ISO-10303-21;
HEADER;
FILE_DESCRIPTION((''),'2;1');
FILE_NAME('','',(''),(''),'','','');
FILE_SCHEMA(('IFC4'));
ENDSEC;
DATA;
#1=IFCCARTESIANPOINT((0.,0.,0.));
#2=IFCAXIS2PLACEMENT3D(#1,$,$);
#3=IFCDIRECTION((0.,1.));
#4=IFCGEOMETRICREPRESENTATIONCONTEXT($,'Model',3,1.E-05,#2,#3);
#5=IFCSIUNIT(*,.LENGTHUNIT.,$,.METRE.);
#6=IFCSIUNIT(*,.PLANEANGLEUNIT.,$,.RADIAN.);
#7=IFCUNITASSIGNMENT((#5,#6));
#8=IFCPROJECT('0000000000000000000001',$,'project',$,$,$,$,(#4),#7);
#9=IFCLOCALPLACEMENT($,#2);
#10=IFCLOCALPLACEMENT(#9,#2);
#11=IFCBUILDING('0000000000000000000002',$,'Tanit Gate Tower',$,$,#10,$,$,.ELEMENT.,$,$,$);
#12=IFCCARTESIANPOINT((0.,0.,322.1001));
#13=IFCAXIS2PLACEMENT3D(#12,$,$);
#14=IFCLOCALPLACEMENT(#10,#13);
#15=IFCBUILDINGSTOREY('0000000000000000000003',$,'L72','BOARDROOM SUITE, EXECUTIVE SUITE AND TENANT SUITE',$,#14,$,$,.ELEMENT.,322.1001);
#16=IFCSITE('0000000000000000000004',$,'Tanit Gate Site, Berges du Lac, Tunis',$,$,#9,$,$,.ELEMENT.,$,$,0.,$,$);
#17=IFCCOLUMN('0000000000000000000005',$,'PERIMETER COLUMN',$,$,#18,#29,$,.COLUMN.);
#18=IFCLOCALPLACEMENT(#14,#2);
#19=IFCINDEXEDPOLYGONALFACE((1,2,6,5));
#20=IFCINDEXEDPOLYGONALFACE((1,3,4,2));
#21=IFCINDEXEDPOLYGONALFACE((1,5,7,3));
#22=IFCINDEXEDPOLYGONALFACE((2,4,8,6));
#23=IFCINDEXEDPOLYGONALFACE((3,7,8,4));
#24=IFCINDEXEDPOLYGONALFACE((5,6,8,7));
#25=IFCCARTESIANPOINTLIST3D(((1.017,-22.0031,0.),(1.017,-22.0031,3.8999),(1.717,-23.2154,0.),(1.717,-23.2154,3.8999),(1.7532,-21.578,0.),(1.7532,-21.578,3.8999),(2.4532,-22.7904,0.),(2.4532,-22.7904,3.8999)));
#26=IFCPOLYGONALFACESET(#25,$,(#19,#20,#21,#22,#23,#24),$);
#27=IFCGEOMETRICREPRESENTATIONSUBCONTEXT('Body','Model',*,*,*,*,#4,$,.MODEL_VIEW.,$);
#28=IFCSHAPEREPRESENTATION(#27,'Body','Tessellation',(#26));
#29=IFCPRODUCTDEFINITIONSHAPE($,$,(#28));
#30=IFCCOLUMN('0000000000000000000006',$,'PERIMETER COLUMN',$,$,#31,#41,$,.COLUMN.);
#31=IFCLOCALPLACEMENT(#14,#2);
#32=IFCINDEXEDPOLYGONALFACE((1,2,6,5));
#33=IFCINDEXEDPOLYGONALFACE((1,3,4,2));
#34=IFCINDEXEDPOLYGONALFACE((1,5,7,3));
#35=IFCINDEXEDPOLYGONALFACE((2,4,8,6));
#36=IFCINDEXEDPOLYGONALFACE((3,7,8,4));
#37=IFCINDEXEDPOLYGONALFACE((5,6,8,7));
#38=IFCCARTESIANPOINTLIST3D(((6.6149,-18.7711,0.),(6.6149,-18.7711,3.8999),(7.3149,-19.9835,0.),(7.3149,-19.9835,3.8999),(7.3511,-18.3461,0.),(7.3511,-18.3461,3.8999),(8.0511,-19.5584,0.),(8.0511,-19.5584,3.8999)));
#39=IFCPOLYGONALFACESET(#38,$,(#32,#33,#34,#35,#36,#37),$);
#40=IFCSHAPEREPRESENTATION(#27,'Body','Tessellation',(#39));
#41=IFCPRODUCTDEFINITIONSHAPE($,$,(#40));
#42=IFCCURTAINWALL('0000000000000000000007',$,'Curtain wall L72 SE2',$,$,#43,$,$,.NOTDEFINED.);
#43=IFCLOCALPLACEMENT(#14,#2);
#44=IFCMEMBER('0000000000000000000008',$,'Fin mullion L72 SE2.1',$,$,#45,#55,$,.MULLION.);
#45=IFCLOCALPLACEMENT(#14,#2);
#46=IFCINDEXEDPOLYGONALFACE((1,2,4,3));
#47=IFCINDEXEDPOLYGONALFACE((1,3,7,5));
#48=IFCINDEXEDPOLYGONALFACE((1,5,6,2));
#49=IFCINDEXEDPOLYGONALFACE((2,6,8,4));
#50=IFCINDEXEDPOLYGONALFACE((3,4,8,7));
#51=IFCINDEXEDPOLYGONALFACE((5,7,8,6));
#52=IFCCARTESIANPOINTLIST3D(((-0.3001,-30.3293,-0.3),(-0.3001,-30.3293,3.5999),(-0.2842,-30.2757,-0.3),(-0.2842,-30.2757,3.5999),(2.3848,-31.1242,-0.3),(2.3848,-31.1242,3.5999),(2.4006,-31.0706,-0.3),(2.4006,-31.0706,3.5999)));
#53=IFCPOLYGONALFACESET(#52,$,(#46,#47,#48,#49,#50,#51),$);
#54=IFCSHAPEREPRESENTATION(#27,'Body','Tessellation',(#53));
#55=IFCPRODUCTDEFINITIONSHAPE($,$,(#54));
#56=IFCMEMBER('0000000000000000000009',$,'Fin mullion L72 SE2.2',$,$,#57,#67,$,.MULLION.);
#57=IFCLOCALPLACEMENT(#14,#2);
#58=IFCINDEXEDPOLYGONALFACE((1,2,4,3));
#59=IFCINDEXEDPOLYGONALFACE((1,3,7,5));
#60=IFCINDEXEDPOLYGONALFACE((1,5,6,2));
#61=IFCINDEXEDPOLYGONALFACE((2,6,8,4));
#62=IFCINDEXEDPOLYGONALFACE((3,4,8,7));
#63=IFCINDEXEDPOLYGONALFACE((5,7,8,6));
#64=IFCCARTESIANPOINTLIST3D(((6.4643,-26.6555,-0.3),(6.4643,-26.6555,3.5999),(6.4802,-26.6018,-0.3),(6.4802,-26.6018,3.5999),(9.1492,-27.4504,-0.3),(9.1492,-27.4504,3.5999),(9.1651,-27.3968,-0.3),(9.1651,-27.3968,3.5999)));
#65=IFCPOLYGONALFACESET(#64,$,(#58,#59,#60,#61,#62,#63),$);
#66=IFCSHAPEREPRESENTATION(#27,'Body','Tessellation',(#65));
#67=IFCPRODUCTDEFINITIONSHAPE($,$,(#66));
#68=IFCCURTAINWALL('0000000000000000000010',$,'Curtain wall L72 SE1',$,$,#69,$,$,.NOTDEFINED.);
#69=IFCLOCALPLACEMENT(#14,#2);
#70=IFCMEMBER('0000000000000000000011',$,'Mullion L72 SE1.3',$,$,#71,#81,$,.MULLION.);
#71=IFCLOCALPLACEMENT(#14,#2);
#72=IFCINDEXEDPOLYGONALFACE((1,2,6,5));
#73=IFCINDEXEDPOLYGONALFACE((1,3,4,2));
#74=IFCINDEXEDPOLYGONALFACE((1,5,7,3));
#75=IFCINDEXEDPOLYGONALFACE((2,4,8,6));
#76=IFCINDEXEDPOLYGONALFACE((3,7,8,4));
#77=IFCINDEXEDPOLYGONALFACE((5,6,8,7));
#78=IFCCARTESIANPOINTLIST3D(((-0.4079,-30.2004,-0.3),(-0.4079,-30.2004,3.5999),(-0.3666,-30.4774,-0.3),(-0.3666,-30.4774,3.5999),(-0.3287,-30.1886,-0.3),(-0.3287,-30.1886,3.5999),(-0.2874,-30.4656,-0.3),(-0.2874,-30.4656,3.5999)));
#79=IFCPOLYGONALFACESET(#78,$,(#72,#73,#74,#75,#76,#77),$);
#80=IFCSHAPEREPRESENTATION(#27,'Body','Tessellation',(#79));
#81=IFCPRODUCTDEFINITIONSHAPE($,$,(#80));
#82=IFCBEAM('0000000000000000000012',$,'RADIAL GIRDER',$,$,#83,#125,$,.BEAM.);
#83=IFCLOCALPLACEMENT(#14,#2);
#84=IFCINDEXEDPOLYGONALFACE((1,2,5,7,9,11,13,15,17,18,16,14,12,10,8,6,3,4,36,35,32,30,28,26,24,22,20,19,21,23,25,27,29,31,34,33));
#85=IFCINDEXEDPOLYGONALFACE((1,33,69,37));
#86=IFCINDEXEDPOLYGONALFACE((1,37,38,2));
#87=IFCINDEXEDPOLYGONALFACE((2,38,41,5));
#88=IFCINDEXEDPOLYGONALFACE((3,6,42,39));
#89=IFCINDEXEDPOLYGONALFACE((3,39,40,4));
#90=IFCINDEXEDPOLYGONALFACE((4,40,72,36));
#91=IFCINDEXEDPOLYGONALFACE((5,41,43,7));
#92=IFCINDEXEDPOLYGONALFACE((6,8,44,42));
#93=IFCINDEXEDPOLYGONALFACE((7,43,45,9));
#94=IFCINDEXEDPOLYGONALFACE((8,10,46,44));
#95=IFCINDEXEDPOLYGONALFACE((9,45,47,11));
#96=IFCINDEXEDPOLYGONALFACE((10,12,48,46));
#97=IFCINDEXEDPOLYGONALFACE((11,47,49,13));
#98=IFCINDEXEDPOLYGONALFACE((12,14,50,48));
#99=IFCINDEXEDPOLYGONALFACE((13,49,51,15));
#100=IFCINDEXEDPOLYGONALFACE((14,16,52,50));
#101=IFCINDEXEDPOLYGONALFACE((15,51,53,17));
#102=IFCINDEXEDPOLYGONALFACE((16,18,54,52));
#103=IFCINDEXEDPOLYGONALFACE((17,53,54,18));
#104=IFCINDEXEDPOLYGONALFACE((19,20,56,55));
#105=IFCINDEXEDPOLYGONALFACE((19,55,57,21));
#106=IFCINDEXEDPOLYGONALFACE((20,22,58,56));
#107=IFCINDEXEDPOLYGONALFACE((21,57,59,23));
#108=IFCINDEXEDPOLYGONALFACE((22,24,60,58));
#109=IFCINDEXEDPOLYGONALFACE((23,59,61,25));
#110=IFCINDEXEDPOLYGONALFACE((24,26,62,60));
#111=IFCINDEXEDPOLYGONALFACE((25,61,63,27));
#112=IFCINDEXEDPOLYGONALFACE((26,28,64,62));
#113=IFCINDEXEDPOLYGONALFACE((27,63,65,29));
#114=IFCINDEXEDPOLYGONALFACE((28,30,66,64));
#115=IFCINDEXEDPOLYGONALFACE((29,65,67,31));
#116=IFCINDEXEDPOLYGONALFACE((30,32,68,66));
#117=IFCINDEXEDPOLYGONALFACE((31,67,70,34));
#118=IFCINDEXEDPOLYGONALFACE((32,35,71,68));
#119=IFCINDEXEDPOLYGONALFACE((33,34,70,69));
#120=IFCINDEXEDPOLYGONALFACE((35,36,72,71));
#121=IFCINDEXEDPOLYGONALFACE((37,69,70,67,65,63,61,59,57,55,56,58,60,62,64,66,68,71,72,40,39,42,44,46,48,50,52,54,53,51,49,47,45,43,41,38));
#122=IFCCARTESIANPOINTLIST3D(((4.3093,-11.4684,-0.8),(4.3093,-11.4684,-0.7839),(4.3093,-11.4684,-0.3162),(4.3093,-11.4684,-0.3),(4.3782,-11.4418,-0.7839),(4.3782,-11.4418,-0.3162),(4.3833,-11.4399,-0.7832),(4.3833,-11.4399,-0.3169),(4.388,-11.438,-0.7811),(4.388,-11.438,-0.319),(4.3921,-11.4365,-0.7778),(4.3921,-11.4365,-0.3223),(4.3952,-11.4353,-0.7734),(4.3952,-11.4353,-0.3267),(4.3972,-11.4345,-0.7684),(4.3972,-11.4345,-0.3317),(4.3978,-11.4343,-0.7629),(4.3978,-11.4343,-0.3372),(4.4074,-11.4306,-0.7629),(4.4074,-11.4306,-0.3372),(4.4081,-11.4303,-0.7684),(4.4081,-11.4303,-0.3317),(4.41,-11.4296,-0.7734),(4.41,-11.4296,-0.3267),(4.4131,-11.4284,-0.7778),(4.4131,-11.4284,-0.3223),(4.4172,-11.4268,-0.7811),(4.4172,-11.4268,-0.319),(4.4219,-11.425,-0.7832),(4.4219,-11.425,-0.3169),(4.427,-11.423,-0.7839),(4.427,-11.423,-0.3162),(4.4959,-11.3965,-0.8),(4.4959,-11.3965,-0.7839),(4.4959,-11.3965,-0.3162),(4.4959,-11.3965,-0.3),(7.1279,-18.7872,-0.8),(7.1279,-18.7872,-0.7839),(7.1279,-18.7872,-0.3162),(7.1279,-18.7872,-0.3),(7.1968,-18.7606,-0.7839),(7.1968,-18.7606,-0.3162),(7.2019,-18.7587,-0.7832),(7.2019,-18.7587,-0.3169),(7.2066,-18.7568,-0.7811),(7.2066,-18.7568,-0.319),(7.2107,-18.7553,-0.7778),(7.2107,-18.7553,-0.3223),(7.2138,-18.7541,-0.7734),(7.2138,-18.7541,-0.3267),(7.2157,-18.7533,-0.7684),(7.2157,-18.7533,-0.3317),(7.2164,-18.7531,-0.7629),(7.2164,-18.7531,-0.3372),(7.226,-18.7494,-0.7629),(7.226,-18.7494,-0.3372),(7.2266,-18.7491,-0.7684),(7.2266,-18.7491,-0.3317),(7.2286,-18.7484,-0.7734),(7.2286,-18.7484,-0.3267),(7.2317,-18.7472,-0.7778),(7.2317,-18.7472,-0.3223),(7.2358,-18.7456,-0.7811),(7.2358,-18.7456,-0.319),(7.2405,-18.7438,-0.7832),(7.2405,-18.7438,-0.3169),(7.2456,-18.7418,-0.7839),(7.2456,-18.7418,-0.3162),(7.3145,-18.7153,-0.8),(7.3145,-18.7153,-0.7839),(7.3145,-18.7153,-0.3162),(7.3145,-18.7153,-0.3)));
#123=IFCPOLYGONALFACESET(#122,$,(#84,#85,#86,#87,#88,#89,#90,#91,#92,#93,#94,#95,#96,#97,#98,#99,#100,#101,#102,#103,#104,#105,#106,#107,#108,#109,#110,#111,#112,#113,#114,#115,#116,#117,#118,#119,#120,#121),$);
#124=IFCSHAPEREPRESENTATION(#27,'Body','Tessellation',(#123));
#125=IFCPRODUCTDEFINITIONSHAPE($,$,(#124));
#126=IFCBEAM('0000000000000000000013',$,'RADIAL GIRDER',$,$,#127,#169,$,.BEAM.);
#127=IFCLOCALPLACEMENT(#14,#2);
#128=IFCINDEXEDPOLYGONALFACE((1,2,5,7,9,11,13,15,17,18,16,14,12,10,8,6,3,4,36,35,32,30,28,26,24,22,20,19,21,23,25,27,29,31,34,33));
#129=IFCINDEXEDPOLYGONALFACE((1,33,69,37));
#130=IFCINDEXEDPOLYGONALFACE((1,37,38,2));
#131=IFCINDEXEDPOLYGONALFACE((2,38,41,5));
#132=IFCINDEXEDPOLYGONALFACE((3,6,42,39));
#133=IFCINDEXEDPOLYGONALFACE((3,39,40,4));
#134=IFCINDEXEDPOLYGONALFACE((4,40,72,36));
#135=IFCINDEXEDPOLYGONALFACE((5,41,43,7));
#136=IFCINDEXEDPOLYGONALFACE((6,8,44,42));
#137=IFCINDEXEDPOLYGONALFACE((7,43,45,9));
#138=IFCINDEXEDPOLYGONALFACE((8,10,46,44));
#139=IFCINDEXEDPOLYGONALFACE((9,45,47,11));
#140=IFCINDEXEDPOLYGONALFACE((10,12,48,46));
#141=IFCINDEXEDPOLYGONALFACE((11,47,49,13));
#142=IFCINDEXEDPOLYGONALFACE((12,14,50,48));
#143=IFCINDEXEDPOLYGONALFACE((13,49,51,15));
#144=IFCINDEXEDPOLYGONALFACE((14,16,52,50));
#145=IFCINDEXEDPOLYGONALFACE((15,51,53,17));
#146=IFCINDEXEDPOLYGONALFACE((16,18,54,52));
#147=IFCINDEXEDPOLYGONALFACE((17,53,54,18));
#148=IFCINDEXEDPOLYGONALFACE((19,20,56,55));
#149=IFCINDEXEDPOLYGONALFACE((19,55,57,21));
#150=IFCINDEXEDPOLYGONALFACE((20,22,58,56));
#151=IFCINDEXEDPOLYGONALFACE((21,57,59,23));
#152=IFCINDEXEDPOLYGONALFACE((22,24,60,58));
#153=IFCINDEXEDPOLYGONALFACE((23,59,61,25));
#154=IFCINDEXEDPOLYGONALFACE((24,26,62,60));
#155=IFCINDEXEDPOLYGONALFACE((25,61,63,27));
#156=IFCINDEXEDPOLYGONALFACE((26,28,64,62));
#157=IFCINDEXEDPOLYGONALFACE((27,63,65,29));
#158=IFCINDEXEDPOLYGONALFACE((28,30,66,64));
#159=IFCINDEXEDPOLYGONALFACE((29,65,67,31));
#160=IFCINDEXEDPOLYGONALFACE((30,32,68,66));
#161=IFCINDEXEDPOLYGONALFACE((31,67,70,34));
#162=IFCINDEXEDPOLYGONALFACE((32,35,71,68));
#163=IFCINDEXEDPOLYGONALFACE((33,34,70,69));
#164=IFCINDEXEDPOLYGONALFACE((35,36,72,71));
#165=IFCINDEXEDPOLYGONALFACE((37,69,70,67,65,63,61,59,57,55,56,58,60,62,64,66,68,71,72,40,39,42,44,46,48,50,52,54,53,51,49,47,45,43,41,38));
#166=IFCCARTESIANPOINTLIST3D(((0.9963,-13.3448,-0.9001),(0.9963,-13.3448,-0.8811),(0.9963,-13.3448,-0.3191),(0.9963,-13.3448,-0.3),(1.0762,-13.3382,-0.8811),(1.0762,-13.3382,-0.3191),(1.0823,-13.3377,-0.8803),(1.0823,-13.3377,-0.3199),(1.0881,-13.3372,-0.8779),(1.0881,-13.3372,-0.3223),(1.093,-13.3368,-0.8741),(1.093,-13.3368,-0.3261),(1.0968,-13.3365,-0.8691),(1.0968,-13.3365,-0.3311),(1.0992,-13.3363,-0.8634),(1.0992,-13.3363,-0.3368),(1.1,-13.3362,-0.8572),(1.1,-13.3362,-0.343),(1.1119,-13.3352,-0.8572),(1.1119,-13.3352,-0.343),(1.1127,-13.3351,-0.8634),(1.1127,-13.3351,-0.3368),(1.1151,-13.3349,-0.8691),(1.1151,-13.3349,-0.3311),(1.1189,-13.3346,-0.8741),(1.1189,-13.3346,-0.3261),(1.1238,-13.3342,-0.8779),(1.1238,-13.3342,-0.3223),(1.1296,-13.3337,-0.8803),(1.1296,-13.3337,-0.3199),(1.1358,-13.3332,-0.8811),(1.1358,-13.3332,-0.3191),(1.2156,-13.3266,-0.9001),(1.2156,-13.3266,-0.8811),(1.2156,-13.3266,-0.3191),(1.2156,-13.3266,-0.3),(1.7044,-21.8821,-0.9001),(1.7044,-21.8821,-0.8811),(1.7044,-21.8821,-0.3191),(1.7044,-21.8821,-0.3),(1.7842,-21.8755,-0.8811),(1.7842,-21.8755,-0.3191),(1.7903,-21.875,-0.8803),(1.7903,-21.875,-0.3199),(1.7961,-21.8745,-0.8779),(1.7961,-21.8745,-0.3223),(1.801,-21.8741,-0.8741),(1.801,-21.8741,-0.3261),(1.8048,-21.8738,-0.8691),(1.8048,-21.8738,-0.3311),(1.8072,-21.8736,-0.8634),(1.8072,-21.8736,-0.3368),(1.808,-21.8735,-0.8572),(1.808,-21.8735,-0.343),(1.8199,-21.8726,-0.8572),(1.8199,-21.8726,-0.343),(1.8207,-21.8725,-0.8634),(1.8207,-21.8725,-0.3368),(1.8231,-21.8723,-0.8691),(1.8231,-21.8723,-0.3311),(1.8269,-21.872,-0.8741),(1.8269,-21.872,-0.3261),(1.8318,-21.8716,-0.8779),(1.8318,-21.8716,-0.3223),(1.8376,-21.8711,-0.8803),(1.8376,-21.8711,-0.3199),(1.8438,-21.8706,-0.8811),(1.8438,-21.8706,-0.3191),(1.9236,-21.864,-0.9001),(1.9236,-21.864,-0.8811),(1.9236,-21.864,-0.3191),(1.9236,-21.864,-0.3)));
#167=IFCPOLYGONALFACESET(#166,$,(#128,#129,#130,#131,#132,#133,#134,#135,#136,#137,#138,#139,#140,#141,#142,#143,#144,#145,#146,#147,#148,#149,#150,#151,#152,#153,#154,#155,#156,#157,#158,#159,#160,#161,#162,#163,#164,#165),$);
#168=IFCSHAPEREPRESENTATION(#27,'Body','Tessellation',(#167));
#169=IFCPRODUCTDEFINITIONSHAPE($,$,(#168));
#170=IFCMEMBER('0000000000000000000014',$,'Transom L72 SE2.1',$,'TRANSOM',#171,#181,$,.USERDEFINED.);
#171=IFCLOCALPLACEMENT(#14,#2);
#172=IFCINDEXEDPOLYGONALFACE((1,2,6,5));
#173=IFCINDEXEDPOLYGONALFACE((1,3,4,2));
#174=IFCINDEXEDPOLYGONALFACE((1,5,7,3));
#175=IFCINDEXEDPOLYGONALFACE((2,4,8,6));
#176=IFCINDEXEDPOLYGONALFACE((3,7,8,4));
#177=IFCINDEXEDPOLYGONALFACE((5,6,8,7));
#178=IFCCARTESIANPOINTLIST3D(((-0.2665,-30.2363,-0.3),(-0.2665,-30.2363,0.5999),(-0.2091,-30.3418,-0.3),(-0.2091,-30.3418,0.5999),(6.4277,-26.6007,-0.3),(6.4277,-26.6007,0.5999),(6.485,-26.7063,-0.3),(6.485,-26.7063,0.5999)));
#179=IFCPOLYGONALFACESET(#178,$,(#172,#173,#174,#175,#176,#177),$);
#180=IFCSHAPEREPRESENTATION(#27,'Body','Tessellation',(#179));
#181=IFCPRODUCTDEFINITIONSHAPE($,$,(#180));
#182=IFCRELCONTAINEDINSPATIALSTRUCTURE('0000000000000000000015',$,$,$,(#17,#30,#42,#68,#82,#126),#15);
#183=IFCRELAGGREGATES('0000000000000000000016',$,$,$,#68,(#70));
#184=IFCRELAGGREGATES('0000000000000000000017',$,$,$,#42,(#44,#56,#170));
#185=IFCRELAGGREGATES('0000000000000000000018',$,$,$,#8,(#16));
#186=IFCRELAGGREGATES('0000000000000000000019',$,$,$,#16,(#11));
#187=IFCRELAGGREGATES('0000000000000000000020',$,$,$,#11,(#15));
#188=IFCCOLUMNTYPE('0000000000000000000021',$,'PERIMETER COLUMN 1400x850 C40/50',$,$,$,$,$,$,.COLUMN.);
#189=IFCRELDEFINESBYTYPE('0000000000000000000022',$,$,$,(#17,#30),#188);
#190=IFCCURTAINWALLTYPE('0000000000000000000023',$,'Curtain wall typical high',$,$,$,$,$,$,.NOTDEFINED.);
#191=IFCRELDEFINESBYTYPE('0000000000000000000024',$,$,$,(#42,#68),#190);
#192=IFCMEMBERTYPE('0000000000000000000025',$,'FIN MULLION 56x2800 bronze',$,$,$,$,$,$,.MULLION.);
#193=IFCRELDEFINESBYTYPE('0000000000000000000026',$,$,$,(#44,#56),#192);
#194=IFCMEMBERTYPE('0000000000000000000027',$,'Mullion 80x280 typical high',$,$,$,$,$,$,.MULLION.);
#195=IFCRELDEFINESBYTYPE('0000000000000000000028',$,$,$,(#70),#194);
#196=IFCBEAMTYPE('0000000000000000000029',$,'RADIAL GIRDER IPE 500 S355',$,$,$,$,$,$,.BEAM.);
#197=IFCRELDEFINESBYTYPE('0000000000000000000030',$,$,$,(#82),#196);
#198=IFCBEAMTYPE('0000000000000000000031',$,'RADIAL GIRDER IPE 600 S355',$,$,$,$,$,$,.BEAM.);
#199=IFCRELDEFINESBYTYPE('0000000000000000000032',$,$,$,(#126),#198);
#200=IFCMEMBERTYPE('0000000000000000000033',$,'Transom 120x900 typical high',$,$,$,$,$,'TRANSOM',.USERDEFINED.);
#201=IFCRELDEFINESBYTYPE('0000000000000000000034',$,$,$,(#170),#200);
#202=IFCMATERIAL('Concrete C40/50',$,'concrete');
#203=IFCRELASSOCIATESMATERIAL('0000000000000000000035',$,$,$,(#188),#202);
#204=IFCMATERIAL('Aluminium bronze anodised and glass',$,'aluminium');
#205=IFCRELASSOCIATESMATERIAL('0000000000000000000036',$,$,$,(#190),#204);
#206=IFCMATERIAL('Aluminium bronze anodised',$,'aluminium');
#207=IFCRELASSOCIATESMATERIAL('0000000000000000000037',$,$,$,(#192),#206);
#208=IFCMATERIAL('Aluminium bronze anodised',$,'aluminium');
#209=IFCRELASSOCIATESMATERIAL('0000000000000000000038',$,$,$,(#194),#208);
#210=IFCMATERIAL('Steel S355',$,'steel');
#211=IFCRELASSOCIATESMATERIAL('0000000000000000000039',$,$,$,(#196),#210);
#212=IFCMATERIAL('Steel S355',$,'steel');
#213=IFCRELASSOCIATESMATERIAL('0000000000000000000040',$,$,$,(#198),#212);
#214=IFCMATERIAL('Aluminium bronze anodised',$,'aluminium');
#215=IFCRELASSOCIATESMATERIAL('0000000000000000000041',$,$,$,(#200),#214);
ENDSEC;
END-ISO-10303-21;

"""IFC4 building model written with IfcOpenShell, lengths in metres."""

from ifc_helpers import new_model, si_unit, direction, frame, origin, origin_2d, place, context, subcontext, project, spatial, rectangle, i_section, extrude, material, material_profile, profile_set, type_object, element, aggregate, save


model = new_model("IFC4")

# Units and contexts
model_context = context("Model", 3, precision=1e-05, world=origin(), true_north=direction((0.0, 1.0)))
body_context = subcontext(model_context, "Body", "Model", "MODEL_VIEW")
ifc_project = project(units=[si_unit("LENGTHUNIT", "METRE"), si_unit("PLANEANGLEUNIT", "RADIAN")], contexts=[model_context])

# Site, building, storey
site_placement = place(None, origin())
site = spatial("IfcSite", under=ifc_project, at=site_placement, Name="Tanit Gate Site, Berges du Lac, Tunis", CompositionType="ELEMENT", RefElevation=0.0)
building_placement = place(site_placement, origin())
building = spatial("IfcBuilding", under=site, at=building_placement, Name="Tanit Gate Tower", CompositionType="ELEMENT")
storey_placement = place(building_placement, frame((0.0, 0.0, 322.1001)))
storey = spatial("IfcBuildingStorey", under=building, at=storey_placement, Name="L72", Description="BOARDROOM SUITE, EXECUTIVE SUITE AND TENANT SUITE", CompositionType="ELEMENT", Elevation=322.1001)

# Columns
ifc_material_1 = material(Name="Concrete C40/50", Category="concrete")
ifc_material_profile_1 = material_profile(ifc_material_1, rectangle(XDim=1.3999, YDim=0.8501, at=origin_2d()), Name="RC 1400x850")
ifc_profile_set_1 = profile_set([ifc_material_profile_1], Name="Concrete C40/50")
column_type = type_object("IfcColumnType", Name="PERIMETER COLUMN 1400x850 C40/50", PredefinedType="COLUMN", material=ifc_profile_set_1)
for number, where, z_axis, x_axis, name in (
    (1, (1.7351, -22.3967, 0.0), (0.0, 0.0, 1.0), (0.5, -0.866025, 0.0), "PERIMETER COLUMN"),
    (2, (7.333, -19.1648, 0.0), (0.0, 0.0, 1.0), (0.5, -0.866025, 0.0), "PERIMETER COLUMN"),
):
    element("IfcColumn", number, at=place(storey_placement, frame(where, z_axis=z_axis, x_axis=x_axis)), inside=storey, type_object=column_type, Name=name, PredefinedType="COLUMN", context=body_context, shape_type="SweptSolid", body=[
        extrude(rectangle(XDim=1.3999, YDim=0.8501, at=origin_2d()), origin(), (0.0, 0.0, 1.0), 3.8999),
    ])

# Curtain wall, members
ifc_material_2 = material(Name="Aluminium bronze anodised and glass", Category="aluminium")
curtain_wall_type = type_object("IfcCurtainWallType", Name="Curtain wall typical high", PredefinedType="NOTDEFINED", material=ifc_material_2)
curtain_wall_1_placement = place(storey_placement, origin())
curtain_wall_1 = element("IfcCurtainWall", 3, at=curtain_wall_1_placement, inside=storey, type_object=curtain_wall_type, Name="Curtain wall L72 SE2", PredefinedType="NOTDEFINED")
ifc_material_3 = material(Name="Aluminium bronze anodised", Category="aluminium")
ifc_material_profile_2 = material_profile(ifc_material_3, rectangle(XDim=2.8, YDim=0.0559, at=origin_2d()), Name="56x2800 bronze fin mullion")
ifc_profile_set_2 = profile_set([ifc_material_profile_2], Name="Aluminium bronze anodised")
member_type_1 = type_object("IfcMemberType", Name="FIN MULLION 56x2800 bronze", PredefinedType="MULLION", material=ifc_profile_set_2)
member_1_placement = place(storey_placement, frame((1.0503, -30.7, -0.3), z_axis=(0.0, 0.0, 1.0), x_axis=(-0.958852, 0.283906, 0.0)))
member_1 = element("IfcMember", 4, at=member_1_placement, type_object=member_type_1, Name="Fin mullion L72 SE2.1", PredefinedType="MULLION", context=body_context, shape_type="SweptSolid", body=[
    extrude(rectangle(XDim=2.8, YDim=0.0559, at=origin_2d()), origin(), (0.0, 0.0, 1.0), 3.8999),
])
member_2_placement = place(storey_placement, frame((7.8147, -27.0261, -0.3), z_axis=(0.0, 0.0, 1.0), x_axis=(-0.958852, 0.283906, 0.0)))
member_2 = element("IfcMember", 5, at=member_2_placement, type_object=member_type_1, Name="Fin mullion L72 SE2.2", PredefinedType="MULLION", context=body_context, shape_type="SweptSolid", body=[
    extrude(rectangle(XDim=2.8, YDim=0.0559, at=origin_2d()), origin(), (0.0, 0.0, 1.0), 3.8999),
])

# Curtain wall, member
curtain_wall_2_placement = place(storey_placement, origin())
curtain_wall_2 = element("IfcCurtainWall", 6, at=curtain_wall_2_placement, inside=storey, type_object=curtain_wall_type, Name="Curtain wall L72 SE1", PredefinedType="NOTDEFINED")
ifc_material_4 = material(Name="Aluminium bronze anodised", Category="aluminium")
ifc_material_profile_3 = material_profile(ifc_material_4, rectangle(XDim=0.28, YDim=0.0801, at=origin_2d()), Name="80x280 bronze mullion")
ifc_profile_set_3 = profile_set([ifc_material_profile_3], Name="Aluminium bronze anodised")
member_type_2 = type_object("IfcMemberType", Name="Mullion 80x280 typical high", PredefinedType="MULLION", material=ifc_profile_set_3)
member_3_placement = place(storey_placement, frame((-0.3477, -30.333, -0.3), z_axis=(0.0, 0.0, 1.0), x_axis=(-0.147205, 0.989106, 0.0)))
member_3 = element("IfcMember", 7, at=member_3_placement, type_object=member_type_2, Name="Mullion L72 SE1.3", PredefinedType="MULLION", context=body_context, shape_type="SweptSolid", body=[
    extrude(rectangle(XDim=0.28, YDim=0.0801, at=origin_2d()), origin(), (0.0, 0.0, 1.0), 3.8999),
])
aggregate(curtain_wall_2, [member_3])

# Beams
ifc_material_5 = material(Name="Steel S355", Category="steel")
ifc_material_profile_4 = material_profile(ifc_material_5, i_section(OverallWidth=0.2, OverallDepth=0.5, WebThickness=0.0103, FlangeThickness=0.0161, FilletRadius=0.021, at=origin_2d()), Name="IPE 500")
ifc_profile_set_4 = profile_set([ifc_material_profile_4], Name="Steel S355")
beam_type_1 = type_object("IfcBeamType", Name="RADIAL GIRDER IPE 500 S355", PredefinedType="BEAM", material=ifc_profile_set_4)
beam_1_placement = place(storey_placement, frame((7.2212, -18.7512, -0.55), z_axis=(-0.359386, 0.933189, 0.0), x_axis=(-0.933189, -0.359386, 0.0)))
element("IfcBeam", 8, at=beam_1_placement, inside=storey, type_object=beam_type_1, Name="RADIAL GIRDER", PredefinedType="BEAM", context=body_context, shape_type="SweptSolid", body=[
    extrude(i_section(OverallWidth=0.2, OverallDepth=0.5, WebThickness=0.0103, FlangeThickness=0.0161, FilletRadius=0.021, at=origin_2d()), origin(), (0.0, 0.0, 1.0), 7.8428),
])
ifc_material_6 = material(Name="Steel S355", Category="steel")
ifc_material_profile_5 = material_profile(ifc_material_6, i_section(OverallWidth=0.22, OverallDepth=0.6001, WebThickness=0.012, FlangeThickness=0.019, FilletRadius=0.0239, at=origin_2d()), Name="IPE 600")
ifc_profile_set_5 = profile_set([ifc_material_profile_5], Name="Steel S355")
beam_type_2 = type_object("IfcBeamType", Name="RADIAL GIRDER IPE 600 S355", PredefinedType="BEAM", material=ifc_profile_set_5)
beam_2_placement = place(storey_placement, frame((1.814, -21.873, -0.6001), z_axis=(-0.082647, 0.996579, 0.0), x_axis=(-0.996579, -0.082647, 0.0)))
element("IfcBeam", 9, at=beam_2_placement, inside=storey, type_object=beam_type_2, Name="RADIAL GIRDER", PredefinedType="BEAM", context=body_context, shape_type="SweptSolid", body=[
    extrude(i_section(OverallWidth=0.22, OverallDepth=0.6001, WebThickness=0.012, FlangeThickness=0.019, FilletRadius=0.0239, at=origin_2d()), origin(), (0.0, 0.0, 1.0), 8.5667),
])

# Member
ifc_material_7 = material(Name="Aluminium bronze anodised", Category="aluminium")
ifc_material_profile_6 = material_profile(ifc_material_7, rectangle(XDim=0.1201, YDim=0.8999, at=origin_2d()), Name="120x900 bronze transom")
ifc_profile_set_6 = profile_set([ifc_material_profile_6], Name="Aluminium bronze anodised")
member_type_3 = type_object("IfcMemberType", Name="Transom 120x900 typical high", ElementType="TRANSOM", PredefinedType="USERDEFINED", material=ifc_profile_set_6)
member_4_placement = place(storey_placement, frame((-0.2378, -30.2891, 0.1499), z_axis=(0.878767, 0.47725, 0.0), x_axis=(-0.47725, 0.878767, 0.0)))
member_4 = element("IfcMember", 10, at=member_4_placement, type_object=member_type_3, Name="Transom L72 SE2.1", ObjectType="TRANSOM", PredefinedType="USERDEFINED", context=body_context, shape_type="SweptSolid", body=[
    extrude(rectangle(XDim=0.1201, YDim=0.8999, at=origin_2d()), origin(), (0.0, 0.0, 1.0), 7.6177),
])

aggregate(curtain_wall_1, [member_1, member_2, member_4])

save(model, "model.ifc")
